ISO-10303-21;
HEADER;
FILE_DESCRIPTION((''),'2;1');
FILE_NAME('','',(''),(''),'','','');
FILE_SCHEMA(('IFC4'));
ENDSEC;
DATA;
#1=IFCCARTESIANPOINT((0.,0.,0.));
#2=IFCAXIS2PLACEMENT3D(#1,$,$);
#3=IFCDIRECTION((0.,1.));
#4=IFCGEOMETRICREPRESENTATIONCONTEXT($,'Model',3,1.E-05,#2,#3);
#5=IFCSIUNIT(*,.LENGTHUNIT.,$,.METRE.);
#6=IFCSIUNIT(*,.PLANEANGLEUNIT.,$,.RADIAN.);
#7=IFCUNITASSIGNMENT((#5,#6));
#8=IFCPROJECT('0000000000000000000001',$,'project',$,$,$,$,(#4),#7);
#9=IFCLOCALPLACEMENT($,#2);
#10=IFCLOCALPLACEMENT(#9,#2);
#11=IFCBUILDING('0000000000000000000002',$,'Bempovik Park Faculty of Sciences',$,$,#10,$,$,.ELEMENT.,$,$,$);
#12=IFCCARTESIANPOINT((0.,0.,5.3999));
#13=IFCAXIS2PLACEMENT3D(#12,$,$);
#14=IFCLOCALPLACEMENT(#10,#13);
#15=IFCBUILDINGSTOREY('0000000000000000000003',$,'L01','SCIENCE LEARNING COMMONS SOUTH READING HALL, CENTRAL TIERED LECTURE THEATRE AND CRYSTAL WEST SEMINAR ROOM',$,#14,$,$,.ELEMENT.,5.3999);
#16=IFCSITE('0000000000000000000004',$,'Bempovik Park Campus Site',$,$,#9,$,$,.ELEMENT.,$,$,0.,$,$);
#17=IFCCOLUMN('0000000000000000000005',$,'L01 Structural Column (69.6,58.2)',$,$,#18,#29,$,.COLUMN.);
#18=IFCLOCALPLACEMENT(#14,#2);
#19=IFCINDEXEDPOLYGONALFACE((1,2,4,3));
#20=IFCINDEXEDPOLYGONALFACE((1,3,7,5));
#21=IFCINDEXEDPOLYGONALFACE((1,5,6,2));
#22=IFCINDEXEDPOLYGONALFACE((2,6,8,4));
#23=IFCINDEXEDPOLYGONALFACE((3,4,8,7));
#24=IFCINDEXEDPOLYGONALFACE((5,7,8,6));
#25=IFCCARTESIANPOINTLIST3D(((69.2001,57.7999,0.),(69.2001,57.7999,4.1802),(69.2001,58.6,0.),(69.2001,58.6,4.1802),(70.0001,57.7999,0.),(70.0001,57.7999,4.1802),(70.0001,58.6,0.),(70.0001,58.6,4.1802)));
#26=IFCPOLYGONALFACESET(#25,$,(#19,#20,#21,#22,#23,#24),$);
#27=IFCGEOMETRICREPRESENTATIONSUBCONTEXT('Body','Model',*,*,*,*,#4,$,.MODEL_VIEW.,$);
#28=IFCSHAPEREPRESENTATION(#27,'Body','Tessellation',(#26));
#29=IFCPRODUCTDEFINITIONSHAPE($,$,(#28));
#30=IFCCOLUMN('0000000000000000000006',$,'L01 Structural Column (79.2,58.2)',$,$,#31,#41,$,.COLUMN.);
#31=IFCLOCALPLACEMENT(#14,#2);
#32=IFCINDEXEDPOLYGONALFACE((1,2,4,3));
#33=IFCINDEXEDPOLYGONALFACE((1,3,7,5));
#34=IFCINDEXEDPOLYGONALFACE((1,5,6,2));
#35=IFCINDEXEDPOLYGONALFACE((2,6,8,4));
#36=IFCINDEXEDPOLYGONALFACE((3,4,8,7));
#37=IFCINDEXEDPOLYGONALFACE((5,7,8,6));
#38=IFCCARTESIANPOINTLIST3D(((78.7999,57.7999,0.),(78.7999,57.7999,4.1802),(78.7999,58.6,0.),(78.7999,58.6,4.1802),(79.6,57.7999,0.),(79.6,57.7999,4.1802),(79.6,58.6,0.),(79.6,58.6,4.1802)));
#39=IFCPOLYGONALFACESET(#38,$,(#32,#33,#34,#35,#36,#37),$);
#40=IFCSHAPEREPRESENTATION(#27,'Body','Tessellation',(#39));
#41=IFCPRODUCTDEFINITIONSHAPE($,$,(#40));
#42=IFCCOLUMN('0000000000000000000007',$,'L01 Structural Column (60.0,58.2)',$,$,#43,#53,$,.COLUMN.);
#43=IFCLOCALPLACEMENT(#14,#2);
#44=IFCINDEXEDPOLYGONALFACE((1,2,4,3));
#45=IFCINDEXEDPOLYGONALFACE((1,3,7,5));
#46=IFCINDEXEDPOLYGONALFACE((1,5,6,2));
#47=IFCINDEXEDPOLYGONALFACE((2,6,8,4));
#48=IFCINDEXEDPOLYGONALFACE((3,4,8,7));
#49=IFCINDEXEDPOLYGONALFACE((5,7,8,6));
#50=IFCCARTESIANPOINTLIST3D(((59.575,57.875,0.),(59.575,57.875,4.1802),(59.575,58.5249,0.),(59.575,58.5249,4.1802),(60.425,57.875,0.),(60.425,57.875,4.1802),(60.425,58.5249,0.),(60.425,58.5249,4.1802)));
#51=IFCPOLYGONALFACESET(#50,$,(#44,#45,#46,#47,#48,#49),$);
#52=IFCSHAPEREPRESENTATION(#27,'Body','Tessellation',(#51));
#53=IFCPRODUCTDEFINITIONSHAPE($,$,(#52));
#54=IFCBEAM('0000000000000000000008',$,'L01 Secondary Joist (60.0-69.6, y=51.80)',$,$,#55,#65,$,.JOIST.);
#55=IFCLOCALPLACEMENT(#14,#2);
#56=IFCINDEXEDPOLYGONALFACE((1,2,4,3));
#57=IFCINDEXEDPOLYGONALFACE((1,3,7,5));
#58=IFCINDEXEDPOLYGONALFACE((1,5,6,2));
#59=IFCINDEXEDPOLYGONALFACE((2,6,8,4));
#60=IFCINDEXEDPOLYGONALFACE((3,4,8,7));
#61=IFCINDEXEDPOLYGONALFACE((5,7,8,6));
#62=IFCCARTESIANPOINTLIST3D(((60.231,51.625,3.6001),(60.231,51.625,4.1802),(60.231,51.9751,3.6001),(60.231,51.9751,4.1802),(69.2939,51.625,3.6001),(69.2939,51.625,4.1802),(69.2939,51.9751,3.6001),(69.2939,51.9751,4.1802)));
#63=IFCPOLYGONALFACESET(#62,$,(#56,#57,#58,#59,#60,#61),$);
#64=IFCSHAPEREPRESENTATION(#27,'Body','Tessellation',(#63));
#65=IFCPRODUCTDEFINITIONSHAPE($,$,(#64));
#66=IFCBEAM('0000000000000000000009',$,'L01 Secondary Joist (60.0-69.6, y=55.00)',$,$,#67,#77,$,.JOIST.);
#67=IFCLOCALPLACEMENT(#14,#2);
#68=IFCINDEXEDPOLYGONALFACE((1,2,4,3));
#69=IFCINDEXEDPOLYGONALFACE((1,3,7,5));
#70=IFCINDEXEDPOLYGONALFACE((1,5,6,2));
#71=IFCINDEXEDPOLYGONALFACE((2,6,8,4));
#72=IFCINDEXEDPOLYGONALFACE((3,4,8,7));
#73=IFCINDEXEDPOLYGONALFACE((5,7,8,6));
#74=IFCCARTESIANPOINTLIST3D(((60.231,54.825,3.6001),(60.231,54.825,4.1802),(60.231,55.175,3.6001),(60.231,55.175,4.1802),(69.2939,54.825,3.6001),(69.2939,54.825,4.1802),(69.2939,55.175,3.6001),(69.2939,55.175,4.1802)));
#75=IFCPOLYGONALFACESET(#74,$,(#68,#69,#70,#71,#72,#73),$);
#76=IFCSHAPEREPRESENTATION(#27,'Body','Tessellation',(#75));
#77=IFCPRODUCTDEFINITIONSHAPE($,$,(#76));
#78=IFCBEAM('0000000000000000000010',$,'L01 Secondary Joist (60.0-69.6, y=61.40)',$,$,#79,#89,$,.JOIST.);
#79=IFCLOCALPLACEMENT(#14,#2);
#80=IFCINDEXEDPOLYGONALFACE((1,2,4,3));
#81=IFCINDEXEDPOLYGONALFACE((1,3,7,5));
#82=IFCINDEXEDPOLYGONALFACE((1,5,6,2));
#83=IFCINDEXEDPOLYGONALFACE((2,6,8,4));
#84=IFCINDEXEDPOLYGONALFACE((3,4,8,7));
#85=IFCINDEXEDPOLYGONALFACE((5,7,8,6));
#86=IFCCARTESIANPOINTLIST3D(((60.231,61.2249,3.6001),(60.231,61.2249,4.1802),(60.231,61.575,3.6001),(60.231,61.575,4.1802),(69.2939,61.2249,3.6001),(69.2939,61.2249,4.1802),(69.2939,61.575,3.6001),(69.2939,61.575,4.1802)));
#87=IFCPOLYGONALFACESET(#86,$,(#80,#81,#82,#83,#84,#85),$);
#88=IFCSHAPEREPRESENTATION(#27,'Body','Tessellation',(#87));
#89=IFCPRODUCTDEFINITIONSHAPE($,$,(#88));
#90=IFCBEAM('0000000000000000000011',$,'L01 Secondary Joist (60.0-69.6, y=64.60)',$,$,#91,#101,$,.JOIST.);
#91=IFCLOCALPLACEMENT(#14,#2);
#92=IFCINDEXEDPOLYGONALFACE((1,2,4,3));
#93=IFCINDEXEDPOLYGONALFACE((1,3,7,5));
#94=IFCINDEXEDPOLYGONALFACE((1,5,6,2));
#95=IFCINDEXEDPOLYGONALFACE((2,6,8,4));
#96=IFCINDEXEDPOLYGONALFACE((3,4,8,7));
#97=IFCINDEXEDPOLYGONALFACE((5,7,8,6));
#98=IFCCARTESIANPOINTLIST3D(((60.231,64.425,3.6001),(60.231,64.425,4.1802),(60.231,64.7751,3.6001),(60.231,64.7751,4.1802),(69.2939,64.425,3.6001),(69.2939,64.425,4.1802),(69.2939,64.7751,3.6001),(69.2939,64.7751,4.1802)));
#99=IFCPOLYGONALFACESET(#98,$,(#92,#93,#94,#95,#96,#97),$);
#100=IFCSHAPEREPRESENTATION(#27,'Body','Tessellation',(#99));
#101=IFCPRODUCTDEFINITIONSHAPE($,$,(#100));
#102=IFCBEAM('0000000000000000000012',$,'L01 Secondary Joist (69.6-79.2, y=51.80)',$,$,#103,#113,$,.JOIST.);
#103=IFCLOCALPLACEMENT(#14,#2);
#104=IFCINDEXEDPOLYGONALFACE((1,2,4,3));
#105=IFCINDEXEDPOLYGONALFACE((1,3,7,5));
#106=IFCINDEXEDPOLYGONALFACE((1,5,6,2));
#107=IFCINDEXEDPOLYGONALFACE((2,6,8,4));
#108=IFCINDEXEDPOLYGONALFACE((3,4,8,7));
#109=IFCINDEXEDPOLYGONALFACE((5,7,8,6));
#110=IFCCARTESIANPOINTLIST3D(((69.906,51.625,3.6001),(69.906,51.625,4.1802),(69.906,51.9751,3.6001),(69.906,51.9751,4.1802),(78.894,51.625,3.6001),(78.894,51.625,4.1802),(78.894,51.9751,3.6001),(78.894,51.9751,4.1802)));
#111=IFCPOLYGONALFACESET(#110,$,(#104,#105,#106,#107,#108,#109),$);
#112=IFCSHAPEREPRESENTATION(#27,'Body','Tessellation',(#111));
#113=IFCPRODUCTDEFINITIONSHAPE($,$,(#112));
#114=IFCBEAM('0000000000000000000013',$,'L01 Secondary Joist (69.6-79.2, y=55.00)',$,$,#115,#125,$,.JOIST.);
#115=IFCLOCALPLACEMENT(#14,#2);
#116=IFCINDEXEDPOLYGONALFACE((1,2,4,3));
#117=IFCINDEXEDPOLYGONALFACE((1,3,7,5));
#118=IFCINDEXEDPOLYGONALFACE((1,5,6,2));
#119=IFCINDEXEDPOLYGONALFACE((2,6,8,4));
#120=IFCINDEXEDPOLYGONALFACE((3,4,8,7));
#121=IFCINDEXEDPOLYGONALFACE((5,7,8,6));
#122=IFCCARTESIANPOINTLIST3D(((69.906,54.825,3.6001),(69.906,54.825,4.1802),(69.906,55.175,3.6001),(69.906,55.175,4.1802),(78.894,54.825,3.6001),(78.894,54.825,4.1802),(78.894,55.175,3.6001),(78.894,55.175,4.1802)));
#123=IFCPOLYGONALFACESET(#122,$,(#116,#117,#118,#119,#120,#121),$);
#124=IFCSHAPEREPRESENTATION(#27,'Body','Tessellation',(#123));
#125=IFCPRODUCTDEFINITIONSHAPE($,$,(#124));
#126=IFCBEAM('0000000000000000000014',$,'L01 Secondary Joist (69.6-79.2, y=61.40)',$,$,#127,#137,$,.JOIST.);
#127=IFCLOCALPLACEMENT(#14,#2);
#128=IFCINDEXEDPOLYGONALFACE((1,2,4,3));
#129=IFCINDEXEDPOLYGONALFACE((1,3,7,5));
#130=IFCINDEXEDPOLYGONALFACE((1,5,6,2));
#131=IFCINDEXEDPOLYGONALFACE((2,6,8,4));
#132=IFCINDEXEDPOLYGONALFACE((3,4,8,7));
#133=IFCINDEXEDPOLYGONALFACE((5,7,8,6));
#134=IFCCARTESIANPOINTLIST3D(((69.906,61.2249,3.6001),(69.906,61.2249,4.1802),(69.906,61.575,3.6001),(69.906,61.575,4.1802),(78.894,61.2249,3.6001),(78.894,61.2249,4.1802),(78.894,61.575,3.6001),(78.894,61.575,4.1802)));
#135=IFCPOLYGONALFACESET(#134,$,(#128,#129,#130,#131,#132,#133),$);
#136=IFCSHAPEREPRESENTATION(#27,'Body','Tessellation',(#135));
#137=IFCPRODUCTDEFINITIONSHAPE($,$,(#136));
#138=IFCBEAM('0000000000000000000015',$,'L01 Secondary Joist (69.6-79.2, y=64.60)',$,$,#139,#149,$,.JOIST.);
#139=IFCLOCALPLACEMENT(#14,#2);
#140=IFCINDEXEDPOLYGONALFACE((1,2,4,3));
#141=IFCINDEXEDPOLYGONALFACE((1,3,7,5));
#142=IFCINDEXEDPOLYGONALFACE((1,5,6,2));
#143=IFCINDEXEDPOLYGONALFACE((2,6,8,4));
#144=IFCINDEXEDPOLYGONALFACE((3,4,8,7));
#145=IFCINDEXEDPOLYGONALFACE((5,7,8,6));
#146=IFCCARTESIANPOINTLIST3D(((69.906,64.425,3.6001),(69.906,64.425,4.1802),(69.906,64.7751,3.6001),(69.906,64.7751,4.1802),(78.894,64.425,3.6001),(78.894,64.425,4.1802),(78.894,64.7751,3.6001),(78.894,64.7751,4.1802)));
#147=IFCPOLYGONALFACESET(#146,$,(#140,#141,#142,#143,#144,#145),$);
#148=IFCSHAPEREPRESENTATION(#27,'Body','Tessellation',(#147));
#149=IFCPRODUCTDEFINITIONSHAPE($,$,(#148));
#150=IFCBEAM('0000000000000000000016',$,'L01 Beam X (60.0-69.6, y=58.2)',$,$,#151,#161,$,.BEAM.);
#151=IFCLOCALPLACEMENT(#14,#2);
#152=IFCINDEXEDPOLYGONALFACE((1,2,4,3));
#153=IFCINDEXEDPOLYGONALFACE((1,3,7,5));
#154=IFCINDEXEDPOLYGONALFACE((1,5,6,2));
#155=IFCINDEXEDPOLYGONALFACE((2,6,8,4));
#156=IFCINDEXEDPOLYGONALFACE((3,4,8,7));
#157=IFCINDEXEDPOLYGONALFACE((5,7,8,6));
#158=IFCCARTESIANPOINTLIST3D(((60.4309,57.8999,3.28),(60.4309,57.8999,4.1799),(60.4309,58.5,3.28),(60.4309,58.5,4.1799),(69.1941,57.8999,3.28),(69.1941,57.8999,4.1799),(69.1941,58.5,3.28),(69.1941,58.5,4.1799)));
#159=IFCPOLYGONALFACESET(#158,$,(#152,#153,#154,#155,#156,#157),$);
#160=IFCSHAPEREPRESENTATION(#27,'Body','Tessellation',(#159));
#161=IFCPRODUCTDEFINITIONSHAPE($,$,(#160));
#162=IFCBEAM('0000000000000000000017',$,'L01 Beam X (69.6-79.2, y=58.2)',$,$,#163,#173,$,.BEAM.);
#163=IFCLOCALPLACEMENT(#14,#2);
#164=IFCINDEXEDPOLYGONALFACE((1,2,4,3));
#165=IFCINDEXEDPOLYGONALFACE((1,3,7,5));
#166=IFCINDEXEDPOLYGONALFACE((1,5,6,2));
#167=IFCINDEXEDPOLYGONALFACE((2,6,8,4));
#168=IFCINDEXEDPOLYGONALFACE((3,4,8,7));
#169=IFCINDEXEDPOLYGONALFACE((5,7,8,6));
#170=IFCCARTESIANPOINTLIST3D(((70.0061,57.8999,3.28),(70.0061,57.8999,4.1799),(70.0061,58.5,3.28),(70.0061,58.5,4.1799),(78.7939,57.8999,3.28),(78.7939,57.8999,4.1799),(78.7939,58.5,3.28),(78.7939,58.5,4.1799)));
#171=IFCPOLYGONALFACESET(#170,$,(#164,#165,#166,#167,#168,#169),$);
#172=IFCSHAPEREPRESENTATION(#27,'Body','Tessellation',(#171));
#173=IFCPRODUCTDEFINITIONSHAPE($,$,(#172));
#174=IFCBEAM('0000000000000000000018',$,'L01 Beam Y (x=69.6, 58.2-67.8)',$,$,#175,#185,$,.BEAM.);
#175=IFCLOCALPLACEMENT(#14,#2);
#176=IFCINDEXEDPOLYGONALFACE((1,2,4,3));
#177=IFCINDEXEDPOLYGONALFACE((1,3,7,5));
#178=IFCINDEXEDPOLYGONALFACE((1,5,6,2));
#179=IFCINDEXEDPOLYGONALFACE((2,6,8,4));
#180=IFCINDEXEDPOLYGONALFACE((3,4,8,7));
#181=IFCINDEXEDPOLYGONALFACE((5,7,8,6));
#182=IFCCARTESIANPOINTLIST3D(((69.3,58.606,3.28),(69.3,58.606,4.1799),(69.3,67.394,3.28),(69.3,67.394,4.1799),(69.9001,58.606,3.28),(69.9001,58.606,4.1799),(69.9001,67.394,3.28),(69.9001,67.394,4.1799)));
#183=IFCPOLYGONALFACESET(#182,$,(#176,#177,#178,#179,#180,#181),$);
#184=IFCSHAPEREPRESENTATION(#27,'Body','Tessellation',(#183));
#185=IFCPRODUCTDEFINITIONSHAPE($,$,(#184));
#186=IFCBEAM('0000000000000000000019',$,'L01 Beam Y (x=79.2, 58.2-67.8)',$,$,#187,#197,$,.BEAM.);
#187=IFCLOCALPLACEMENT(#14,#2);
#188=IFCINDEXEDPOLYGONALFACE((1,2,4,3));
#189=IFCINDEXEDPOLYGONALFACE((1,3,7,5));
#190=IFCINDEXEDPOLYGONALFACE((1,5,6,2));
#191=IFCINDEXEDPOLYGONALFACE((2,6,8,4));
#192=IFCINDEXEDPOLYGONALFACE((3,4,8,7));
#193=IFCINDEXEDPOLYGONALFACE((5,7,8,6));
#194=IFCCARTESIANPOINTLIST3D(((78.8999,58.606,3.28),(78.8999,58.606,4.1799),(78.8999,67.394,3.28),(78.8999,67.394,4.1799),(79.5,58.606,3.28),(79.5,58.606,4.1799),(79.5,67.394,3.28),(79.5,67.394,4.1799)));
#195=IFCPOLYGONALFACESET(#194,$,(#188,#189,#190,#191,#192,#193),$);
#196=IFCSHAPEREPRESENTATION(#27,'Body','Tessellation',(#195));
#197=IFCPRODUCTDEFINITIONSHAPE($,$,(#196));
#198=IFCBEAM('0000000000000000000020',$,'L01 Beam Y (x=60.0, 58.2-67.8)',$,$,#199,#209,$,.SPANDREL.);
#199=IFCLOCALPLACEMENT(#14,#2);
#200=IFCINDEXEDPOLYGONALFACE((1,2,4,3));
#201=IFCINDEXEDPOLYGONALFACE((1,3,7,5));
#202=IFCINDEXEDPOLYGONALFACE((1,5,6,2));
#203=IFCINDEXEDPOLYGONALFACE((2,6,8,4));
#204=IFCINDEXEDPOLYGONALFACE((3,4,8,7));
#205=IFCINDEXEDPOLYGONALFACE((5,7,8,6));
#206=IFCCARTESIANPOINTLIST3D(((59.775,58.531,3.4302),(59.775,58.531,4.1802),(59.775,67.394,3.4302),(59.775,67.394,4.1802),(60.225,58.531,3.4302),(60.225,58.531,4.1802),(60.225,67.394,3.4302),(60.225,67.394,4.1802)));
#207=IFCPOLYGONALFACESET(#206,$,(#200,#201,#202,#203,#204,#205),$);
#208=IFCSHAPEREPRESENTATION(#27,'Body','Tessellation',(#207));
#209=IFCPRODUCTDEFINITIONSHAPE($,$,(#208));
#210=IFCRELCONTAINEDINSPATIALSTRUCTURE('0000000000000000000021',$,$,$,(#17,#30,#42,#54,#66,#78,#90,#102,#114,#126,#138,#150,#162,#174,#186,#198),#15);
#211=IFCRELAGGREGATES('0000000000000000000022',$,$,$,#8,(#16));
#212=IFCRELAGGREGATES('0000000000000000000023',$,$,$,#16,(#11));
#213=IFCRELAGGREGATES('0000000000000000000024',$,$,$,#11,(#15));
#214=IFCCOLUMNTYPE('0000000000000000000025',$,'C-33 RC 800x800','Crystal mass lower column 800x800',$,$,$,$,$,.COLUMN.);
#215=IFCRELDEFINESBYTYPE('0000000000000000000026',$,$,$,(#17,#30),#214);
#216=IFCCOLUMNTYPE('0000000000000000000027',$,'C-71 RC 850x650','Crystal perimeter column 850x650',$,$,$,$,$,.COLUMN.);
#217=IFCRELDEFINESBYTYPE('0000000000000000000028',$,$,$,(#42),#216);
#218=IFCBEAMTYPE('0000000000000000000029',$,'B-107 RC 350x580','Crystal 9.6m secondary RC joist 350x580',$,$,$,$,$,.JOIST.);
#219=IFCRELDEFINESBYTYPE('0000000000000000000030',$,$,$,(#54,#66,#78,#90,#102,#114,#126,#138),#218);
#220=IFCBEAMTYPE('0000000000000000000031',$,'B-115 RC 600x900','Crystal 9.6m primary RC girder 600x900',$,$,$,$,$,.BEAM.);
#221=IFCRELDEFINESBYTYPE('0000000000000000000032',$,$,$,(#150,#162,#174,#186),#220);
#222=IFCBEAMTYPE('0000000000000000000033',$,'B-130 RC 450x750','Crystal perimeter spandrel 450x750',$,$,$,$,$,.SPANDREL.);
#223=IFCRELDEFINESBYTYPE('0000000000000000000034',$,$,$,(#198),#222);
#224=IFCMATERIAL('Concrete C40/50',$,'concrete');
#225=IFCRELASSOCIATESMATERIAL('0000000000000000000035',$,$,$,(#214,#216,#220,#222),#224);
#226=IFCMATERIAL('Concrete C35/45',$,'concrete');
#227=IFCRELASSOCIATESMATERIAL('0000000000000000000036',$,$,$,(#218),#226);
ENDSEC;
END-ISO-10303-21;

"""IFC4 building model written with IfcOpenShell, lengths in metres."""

from ifc_helpers import new_model, si_unit, direction, frame, origin, origin_2d, place, context, subcontext, project, spatial, rectangle, extrude, material, material_profile, profile_set, type_object, element, save


model = new_model("IFC4")

# Units and contexts
model_context = context("Model", 3, precision=1e-05, world=origin(), true_north=direction((0.0, 1.0)))
body_context = subcontext(model_context, "Body", "Model", "MODEL_VIEW")
ifc_project = project(units=[si_unit("LENGTHUNIT", "METRE"), si_unit("PLANEANGLEUNIT", "RADIAN")], contexts=[model_context])

# Site, building, storey
site_placement = place(None, origin())
site = spatial("IfcSite", under=ifc_project, at=site_placement, Name="Bempovik Park Campus Site", CompositionType="ELEMENT", RefElevation=0.0)
building_placement = place(site_placement, origin())
building = spatial("IfcBuilding", under=site, at=building_placement, Name="Bempovik Park Faculty of Sciences", CompositionType="ELEMENT")
storey_placement = place(building_placement, frame((0.0, 0.0, 5.3999)))
storey = spatial("IfcBuildingStorey", under=building, at=storey_placement, Name="L01", Description="SCIENCE LEARNING COMMONS SOUTH READING HALL, CENTRAL TIERED LECTURE THEATRE AND CRYSTAL WEST SEMINAR ROOM", CompositionType="ELEMENT", Elevation=5.3999)

# Columns
ifc_material_1 = material(Name="Concrete C40/50", Category="concrete")
ifc_material_profile_1 = material_profile(ifc_material_1, rectangle(XDim=0.8, YDim=0.8, at=origin_2d()), Name="RC 800x800")
ifc_profile_set_1 = profile_set([ifc_material_profile_1], Name="Concrete C40/50")
column_type_1 = type_object("IfcColumnType", Name="C-33 RC 800x800", Description="Crystal mass lower column 800x800", PredefinedType="COLUMN", material=ifc_profile_set_1)
for number, where, z_axis, x_axis, name in (
    (1, (69.6001, 58.2, 0.0), (0.0, 0.0, 1.0), (1.0, 0.0, 0.0), "L01 Structural Column (69.6,58.2)"),
    (2, (79.2, 58.2, 0.0), (0.0, 0.0, 1.0), (1.0, 0.0, 0.0), "L01 Structural Column (79.2,58.2)"),
):
    element("IfcColumn", number, at=place(storey_placement, frame(where, z_axis=z_axis, x_axis=x_axis)), inside=storey, type_object=column_type_1, Name=name, PredefinedType="COLUMN", context=body_context, shape_type="SweptSolid", body=[
        extrude(rectangle(XDim=0.8, YDim=0.8, at=origin_2d()), origin(), (0.0, 0.0, 1.0), 4.1802),
    ])
ifc_material_profile_2 = material_profile(ifc_material_1, rectangle(XDim=0.8501, YDim=0.6499, at=origin_2d()), Name="RC 850x650")
ifc_profile_set_2 = profile_set([ifc_material_profile_2], Name="Concrete C40/50")
column_type_2 = type_object("IfcColumnType", Name="C-71 RC 850x650", Description="Crystal perimeter column 850x650", PredefinedType="COLUMN", material=ifc_profile_set_2)
column_placement = place(storey_placement, frame((60.0, 58.2, 0.0), z_axis=(0.0, 0.0, 1.0), x_axis=(1.0, 0.0, 0.0)))
element("IfcColumn", 3, at=column_placement, inside=storey, type_object=column_type_2, Name="L01 Structural Column (60.0,58.2)", PredefinedType="COLUMN", context=body_context, shape_type="SweptSolid", body=[
    extrude(rectangle(XDim=0.8501, YDim=0.6499, at=origin_2d()), origin(), (0.0, 0.0, 1.0), 4.1802),
])

# Beams
ifc_material_2 = material(Name="Concrete C35/45", Category="concrete")
ifc_material_profile_3 = material_profile(ifc_material_2, rectangle(XDim=0.3501, YDim=0.5801, at=origin_2d()), Name="RC 350x580")
ifc_profile_set_3 = profile_set([ifc_material_profile_3], Name="Concrete C35/45")
beam_type_1 = type_object("IfcBeamType", Name="B-107 RC 350x580", Description="Crystal 9.6m secondary RC joist 350x580", PredefinedType="JOIST", material=ifc_profile_set_3)
for number, where, z_axis, x_axis, name in (
    (4, (60.231, 51.8, 3.8901), (1.0, 0.0, 0.0), (0.0, 1.0, 0.0), "L01 Secondary Joist (60.0-69.6, y=51.80)"),
    (5, (60.231, 55.0, 3.8901), (1.0, 0.0, 0.0), (0.0, 1.0, 0.0), "L01 Secondary Joist (60.0-69.6, y=55.00)"),
    (6, (60.231, 61.3999, 3.8901), (1.0, 0.0, 0.0), (0.0, 1.0, 0.0), "L01 Secondary Joist (60.0-69.6, y=61.40)"),
    (7, (60.231, 64.6001, 3.8901), (1.0, 0.0, 0.0), (0.0, 1.0, 0.0), "L01 Secondary Joist (60.0-69.6, y=64.60)"),
):
    element("IfcBeam", number, at=place(storey_placement, frame(where, z_axis=z_axis, x_axis=x_axis)), inside=storey, type_object=beam_type_1, Name=name, PredefinedType="JOIST", context=body_context, shape_type="SweptSolid", body=[
        extrude(rectangle(XDim=0.3501, YDim=0.5801, at=origin_2d()), origin(), (0.0, 0.0, 1.0), 9.063),
    ])
for number, where, z_axis, x_axis, name in (
    (8, (69.906, 51.8, 3.8901), (1.0, 0.0, 0.0), (0.0, 1.0, 0.0), "L01 Secondary Joist (69.6-79.2, y=51.80)"),
    (9, (69.906, 55.0, 3.8901), (1.0, 0.0, 0.0), (0.0, 1.0, 0.0), "L01 Secondary Joist (69.6-79.2, y=55.00)"),
    (10, (69.906, 61.3999, 3.8901), (1.0, 0.0, 0.0), (0.0, 1.0, 0.0), "L01 Secondary Joist (69.6-79.2, y=61.40)"),
    (11, (69.906, 64.6001, 3.8901), (1.0, 0.0, 0.0), (0.0, 1.0, 0.0), "L01 Secondary Joist (69.6-79.2, y=64.60)"),
):
    element("IfcBeam", number, at=place(storey_placement, frame(where, z_axis=z_axis, x_axis=x_axis)), inside=storey, type_object=beam_type_1, Name=name, PredefinedType="JOIST", context=body_context, shape_type="SweptSolid", body=[
        extrude(rectangle(XDim=0.3501, YDim=0.5801, at=origin_2d()), origin(), (0.0, 0.0, 1.0), 8.988),
    ])
ifc_material_profile_4 = material_profile(ifc_material_1, rectangle(XDim=0.6001, YDim=0.8999, at=origin_2d()), Name="RC 600x900")
ifc_profile_set_4 = profile_set([ifc_material_profile_4], Name="Concrete C40/50")
beam_type_2 = type_object("IfcBeamType", Name="B-115 RC 600x900", Description="Crystal 9.6m primary RC girder 600x900", PredefinedType="BEAM", material=ifc_profile_set_4)
beam_1_placement = place(storey_placement, frame((60.4309, 58.2, 3.73), z_axis=(1.0, 0.0, 0.0), x_axis=(0.0, 1.0, 0.0)))
element("IfcBeam", 12, at=beam_1_placement, inside=storey, type_object=beam_type_2, Name="L01 Beam X (60.0-69.6, y=58.2)", PredefinedType="BEAM", context=body_context, shape_type="SweptSolid", body=[
    extrude(rectangle(XDim=0.6001, YDim=0.8999, at=origin_2d()), origin(), (0.0, 0.0, 1.0), 8.7632),
])
beam_2_placement = place(storey_placement, frame((70.0061, 58.2, 3.73), z_axis=(1.0, 0.0, 0.0), x_axis=(0.0, 1.0, 0.0)))
element("IfcBeam", 13, at=beam_2_placement, inside=storey, type_object=beam_type_2, Name="L01 Beam X (69.6-79.2, y=58.2)", PredefinedType="BEAM", context=body_context, shape_type="SweptSolid", body=[
    extrude(rectangle(XDim=0.6001, YDim=0.8999, at=origin_2d()), origin(), (0.0, 0.0, 1.0), 8.7878),
])
for number, where, z_axis, x_axis, name in (
    (14, (69.6001, 58.606, 3.73), (0.0, 1.0, 0.0), (-1.0, 0.0, 0.0), "L01 Beam Y (x=69.6, 58.2-67.8)"),
    (15, (79.2, 58.606, 3.73), (0.0, 1.0, 0.0), (-1.0, 0.0, 0.0), "L01 Beam Y (x=79.2, 58.2-67.8)"),
):
    element("IfcBeam", number, at=place(storey_placement, frame(where, z_axis=z_axis, x_axis=x_axis)), inside=storey, type_object=beam_type_2, Name=name, PredefinedType="BEAM", context=body_context, shape_type="SweptSolid", body=[
        extrude(rectangle(XDim=0.6001, YDim=0.8999, at=origin_2d()), origin(), (0.0, 0.0, 1.0), 8.7881),
    ])
ifc_material_profile_5 = material_profile(ifc_material_1, rectangle(XDim=0.45, YDim=0.75, at=origin_2d()), Name="RC 450x750")
ifc_profile_set_5 = profile_set([ifc_material_profile_5], Name="Concrete C40/50")
beam_type_3 = type_object("IfcBeamType", Name="B-130 RC 450x750", Description="Crystal perimeter spandrel 450x750", PredefinedType="SPANDREL", material=ifc_profile_set_5)
beam_3_placement = place(storey_placement, frame((60.0, 58.531, 3.8052), z_axis=(0.0, 1.0, 0.0), x_axis=(-1.0, 0.0, 0.0)))
element("IfcBeam", 16, at=beam_3_placement, inside=storey, type_object=beam_type_3, Name="L01 Beam Y (x=60.0, 58.2-67.8)", PredefinedType="SPANDREL", context=body_context, shape_type="SweptSolid", body=[
    extrude(rectangle(XDim=0.45, YDim=0.75, at=origin_2d()), origin(), (0.0, 0.0, 1.0), 8.863),
])

save(model, "model.ifc")
